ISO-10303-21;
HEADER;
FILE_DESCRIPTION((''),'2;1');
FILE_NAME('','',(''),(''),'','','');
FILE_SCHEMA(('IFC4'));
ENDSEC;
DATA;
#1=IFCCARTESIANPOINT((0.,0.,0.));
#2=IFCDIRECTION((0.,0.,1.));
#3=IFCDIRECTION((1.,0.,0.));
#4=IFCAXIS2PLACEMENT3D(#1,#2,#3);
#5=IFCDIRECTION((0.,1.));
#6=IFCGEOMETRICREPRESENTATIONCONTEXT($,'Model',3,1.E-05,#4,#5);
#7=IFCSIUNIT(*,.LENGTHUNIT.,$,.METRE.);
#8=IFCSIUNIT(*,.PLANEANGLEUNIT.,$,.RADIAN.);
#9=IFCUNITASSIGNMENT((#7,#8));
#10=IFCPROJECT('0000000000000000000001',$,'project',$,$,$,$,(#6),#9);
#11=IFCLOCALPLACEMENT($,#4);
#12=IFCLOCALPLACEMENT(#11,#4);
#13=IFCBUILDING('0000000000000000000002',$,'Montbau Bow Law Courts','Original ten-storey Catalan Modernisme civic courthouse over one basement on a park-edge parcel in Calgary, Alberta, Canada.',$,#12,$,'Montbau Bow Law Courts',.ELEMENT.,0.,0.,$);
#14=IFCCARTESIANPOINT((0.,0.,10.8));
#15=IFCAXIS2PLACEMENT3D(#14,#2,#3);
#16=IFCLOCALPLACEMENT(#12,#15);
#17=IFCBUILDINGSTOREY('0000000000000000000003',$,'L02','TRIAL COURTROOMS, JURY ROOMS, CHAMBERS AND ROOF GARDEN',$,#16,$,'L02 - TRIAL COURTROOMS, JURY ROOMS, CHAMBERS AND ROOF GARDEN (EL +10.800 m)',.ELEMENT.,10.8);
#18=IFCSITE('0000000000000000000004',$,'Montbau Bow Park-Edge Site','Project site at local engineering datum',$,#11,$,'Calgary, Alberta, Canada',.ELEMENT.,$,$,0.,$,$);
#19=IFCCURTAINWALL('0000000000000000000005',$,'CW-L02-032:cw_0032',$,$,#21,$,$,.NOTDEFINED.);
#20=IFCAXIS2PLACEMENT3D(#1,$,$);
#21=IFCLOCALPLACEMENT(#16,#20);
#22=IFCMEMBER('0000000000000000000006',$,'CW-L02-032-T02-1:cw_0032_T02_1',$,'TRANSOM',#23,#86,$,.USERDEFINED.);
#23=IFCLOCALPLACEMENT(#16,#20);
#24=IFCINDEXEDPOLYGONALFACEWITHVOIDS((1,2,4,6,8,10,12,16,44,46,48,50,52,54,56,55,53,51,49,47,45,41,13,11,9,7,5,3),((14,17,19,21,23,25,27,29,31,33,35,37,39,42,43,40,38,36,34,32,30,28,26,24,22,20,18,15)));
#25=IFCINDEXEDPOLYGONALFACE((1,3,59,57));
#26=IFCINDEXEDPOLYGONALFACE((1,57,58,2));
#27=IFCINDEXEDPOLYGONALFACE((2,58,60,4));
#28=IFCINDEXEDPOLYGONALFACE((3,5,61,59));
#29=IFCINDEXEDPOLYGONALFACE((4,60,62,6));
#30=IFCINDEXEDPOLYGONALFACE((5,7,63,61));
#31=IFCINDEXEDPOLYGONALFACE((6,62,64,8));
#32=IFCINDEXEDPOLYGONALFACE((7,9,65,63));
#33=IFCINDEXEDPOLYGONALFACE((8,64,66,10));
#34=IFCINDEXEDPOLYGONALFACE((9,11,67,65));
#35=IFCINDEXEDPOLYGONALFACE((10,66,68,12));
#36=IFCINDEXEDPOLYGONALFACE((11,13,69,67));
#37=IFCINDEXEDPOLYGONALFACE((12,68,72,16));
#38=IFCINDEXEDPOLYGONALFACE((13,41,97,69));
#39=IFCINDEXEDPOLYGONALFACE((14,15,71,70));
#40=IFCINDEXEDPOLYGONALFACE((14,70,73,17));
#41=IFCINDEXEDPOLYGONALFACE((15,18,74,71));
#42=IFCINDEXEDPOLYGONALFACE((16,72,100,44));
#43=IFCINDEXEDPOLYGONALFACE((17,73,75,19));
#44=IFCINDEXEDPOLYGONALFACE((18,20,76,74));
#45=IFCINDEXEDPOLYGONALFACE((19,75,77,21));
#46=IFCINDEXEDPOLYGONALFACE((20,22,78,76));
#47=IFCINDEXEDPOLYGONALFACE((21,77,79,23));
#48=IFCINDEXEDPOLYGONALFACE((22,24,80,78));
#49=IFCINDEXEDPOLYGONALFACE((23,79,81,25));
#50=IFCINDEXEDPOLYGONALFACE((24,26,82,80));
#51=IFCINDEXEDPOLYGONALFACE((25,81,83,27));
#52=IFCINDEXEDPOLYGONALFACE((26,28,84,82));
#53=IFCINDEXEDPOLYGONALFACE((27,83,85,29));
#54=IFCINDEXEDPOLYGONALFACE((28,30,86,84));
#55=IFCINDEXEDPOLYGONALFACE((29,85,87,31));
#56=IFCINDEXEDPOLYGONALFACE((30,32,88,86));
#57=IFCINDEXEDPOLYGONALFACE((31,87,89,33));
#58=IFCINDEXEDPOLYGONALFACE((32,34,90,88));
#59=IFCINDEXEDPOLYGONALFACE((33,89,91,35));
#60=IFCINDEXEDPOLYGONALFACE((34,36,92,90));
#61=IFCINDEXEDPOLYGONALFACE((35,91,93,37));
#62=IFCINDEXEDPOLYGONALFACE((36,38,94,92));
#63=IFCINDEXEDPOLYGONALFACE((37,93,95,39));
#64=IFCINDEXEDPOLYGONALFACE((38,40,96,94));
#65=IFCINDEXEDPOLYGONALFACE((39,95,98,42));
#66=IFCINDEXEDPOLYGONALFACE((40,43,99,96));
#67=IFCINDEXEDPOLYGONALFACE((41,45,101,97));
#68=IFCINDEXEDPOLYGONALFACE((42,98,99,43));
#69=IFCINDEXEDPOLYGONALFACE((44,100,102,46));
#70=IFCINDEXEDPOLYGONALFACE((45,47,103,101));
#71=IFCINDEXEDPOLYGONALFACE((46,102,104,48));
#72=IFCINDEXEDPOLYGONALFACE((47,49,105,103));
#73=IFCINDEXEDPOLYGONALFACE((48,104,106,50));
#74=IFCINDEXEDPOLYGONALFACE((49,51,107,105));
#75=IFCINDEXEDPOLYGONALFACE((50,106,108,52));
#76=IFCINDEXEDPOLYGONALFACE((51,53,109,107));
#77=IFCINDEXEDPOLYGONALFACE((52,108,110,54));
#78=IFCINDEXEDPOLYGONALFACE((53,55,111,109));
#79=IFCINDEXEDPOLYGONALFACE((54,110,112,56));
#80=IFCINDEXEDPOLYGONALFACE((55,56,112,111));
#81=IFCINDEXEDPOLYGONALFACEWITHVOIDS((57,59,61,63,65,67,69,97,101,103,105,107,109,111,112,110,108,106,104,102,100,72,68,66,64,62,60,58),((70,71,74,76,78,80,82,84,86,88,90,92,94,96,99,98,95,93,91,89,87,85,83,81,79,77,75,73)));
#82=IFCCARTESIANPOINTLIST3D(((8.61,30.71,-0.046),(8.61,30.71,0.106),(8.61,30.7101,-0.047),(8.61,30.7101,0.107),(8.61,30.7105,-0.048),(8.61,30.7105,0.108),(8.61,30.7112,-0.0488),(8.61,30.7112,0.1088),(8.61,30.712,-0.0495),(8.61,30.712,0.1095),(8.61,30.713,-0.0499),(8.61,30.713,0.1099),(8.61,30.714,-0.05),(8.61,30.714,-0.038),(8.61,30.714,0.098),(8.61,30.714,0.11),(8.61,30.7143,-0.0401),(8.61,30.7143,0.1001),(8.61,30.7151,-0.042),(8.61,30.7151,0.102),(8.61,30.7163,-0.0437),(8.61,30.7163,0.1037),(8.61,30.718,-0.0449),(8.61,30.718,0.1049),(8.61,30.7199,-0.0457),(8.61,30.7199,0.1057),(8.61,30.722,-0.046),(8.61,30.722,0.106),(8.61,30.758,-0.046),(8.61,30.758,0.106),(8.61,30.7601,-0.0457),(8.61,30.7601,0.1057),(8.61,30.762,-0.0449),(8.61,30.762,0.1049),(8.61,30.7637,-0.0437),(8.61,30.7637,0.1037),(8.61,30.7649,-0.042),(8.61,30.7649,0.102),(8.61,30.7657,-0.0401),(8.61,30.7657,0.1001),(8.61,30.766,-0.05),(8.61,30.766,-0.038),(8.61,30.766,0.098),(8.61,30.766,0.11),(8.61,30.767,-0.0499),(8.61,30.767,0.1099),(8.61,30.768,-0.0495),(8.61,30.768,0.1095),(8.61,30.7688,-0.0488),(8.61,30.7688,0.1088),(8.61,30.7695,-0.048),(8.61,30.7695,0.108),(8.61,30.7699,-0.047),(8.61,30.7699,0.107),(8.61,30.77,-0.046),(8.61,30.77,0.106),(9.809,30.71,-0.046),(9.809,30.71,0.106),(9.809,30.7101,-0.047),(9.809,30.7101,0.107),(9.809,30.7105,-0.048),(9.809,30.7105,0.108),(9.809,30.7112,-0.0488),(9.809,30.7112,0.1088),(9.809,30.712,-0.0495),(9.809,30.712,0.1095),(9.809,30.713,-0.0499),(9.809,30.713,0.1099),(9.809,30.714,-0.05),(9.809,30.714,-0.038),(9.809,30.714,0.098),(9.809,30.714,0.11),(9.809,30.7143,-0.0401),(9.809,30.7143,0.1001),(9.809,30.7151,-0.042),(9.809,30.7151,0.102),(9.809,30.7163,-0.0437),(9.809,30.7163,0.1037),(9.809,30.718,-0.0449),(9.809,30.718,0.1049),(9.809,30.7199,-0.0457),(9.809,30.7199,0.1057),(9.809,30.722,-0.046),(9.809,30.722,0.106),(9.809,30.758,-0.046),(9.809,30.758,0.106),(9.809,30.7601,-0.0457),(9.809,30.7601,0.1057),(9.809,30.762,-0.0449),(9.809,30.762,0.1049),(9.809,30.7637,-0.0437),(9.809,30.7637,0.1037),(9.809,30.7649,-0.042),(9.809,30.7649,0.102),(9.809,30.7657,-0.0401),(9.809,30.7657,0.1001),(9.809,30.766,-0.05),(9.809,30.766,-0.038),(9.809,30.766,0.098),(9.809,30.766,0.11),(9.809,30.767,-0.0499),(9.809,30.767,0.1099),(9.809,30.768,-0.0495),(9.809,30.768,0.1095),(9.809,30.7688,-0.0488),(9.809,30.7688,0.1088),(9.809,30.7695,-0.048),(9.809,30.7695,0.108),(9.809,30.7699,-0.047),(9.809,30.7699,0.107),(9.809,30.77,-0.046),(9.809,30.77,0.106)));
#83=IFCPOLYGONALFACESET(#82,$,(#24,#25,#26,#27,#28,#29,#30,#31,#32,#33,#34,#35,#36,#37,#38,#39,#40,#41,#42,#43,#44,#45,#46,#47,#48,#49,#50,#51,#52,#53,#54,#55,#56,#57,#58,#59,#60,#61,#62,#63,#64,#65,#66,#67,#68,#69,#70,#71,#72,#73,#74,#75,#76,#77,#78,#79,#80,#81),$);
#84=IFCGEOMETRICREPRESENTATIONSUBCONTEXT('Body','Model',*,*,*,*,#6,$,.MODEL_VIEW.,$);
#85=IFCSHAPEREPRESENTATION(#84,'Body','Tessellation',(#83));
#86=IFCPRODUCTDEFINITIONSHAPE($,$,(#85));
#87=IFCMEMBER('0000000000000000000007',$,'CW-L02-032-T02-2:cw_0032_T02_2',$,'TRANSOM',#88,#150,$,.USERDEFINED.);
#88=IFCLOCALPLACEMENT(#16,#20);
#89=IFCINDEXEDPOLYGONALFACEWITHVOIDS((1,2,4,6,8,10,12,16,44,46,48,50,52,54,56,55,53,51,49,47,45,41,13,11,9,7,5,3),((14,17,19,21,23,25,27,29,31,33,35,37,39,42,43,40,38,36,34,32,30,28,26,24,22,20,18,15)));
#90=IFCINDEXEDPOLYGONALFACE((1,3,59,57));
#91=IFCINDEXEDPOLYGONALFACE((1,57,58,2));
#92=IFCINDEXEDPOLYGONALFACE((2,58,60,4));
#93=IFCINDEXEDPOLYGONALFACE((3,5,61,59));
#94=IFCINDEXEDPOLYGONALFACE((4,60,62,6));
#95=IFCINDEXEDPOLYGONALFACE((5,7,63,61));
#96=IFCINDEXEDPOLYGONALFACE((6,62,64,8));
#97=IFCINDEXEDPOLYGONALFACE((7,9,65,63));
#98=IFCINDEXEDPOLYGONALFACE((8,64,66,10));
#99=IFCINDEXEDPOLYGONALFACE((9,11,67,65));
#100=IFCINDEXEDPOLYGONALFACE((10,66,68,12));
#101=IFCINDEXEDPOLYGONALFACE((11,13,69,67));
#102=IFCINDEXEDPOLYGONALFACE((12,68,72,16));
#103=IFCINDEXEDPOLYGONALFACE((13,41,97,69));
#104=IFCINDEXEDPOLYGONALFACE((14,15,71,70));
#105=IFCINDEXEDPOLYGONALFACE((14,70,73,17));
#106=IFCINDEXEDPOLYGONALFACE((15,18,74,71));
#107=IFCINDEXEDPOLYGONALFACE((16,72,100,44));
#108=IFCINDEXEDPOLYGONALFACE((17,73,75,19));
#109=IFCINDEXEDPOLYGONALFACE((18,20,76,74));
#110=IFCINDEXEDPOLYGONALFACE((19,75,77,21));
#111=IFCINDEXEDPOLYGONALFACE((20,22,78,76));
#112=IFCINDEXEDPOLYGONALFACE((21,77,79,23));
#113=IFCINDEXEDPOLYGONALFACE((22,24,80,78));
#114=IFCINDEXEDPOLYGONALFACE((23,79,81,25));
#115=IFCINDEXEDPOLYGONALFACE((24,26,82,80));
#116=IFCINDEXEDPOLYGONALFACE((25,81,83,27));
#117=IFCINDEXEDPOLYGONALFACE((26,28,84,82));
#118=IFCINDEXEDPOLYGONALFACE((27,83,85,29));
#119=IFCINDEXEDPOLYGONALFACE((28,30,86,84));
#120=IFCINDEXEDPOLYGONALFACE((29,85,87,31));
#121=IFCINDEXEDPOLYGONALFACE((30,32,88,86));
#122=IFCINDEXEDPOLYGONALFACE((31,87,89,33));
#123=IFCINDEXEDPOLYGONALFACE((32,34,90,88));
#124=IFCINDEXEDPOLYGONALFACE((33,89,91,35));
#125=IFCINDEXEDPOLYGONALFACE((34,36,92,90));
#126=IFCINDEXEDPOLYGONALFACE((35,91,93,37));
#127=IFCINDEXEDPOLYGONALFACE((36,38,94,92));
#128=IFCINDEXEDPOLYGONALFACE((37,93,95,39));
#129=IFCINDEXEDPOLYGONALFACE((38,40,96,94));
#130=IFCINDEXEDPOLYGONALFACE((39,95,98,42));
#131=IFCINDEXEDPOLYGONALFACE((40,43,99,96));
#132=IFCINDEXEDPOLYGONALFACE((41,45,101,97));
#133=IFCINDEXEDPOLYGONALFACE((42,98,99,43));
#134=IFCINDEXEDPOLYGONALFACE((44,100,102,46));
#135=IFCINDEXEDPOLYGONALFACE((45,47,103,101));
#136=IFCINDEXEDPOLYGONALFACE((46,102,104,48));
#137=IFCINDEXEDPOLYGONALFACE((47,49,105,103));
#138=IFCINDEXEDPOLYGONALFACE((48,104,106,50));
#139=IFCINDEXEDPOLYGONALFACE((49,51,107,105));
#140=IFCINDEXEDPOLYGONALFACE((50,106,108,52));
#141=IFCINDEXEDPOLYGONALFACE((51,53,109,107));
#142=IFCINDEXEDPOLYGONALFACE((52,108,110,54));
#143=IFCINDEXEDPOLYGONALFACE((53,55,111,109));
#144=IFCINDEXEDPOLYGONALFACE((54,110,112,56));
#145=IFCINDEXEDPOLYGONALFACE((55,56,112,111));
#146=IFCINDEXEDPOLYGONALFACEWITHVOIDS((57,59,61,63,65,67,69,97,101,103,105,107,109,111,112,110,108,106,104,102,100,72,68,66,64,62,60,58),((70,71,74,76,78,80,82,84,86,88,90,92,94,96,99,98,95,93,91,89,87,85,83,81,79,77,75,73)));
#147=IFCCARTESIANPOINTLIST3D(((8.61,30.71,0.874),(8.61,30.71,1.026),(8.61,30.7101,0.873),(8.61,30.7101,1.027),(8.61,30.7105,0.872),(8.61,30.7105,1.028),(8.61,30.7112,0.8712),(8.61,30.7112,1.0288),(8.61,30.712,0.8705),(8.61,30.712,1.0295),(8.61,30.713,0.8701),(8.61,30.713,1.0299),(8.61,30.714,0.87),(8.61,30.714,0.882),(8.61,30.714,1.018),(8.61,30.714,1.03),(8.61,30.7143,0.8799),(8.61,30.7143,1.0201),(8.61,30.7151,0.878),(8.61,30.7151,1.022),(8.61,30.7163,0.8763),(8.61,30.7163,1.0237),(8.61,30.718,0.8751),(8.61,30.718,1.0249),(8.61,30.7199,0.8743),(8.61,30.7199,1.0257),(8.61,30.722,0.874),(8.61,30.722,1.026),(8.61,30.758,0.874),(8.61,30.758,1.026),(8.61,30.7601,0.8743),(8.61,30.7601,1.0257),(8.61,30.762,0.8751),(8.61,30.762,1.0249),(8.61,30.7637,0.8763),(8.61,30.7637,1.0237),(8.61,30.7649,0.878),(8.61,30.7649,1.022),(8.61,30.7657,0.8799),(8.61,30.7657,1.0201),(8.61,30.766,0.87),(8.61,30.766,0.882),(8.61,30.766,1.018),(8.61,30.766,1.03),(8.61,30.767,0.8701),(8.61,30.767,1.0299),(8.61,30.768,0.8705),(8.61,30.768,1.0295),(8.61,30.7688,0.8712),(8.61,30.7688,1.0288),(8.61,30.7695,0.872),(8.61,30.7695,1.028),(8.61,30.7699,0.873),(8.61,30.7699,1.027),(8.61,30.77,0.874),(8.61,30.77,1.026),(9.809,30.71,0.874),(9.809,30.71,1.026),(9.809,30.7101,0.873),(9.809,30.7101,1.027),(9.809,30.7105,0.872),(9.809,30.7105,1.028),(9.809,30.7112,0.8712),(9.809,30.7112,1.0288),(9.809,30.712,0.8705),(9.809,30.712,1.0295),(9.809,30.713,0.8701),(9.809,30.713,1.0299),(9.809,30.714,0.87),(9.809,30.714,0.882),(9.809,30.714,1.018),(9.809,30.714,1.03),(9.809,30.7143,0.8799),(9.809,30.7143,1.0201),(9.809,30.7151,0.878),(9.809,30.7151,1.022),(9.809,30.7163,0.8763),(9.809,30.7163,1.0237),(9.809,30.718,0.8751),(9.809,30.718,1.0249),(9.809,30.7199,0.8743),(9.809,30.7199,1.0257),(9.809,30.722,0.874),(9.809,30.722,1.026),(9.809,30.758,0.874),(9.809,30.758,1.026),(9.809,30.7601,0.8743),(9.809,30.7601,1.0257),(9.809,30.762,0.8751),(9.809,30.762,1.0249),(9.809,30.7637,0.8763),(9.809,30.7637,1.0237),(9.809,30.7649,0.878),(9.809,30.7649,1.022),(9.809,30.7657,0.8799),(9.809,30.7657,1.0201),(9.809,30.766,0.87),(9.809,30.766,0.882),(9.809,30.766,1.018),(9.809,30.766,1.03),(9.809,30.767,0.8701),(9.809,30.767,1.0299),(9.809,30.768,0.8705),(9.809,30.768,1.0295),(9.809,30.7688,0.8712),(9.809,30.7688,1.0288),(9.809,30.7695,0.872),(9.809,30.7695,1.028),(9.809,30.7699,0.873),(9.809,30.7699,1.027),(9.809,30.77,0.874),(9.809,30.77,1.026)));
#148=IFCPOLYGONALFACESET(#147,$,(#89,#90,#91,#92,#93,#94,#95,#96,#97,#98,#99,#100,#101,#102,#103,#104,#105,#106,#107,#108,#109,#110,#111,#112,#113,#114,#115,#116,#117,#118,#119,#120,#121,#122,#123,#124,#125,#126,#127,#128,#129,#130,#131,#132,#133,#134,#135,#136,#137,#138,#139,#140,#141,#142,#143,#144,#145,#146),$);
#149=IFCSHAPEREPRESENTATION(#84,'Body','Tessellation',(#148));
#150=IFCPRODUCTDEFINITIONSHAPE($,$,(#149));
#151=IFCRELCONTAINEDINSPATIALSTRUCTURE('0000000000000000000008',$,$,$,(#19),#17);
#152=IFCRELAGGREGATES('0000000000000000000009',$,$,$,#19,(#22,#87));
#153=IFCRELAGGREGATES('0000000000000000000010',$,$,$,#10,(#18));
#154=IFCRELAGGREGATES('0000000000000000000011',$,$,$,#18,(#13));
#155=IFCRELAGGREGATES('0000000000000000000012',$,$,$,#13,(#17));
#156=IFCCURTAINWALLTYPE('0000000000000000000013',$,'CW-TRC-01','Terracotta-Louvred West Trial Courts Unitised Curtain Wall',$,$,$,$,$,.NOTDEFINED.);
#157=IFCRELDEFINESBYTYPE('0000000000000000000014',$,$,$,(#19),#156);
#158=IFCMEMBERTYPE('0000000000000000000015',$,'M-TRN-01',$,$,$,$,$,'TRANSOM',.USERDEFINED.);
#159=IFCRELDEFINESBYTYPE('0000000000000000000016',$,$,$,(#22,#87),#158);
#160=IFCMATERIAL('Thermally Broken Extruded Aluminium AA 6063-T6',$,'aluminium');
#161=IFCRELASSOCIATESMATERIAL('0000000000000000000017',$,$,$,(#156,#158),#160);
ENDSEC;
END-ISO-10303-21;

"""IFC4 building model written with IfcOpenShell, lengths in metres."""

from ifc_helpers import new_model, si_unit, direction, frame, origin_with_axes, origin_2d_with_axis, place, context, subcontext, project, spatial, hollow_rectangle, extrude, material, material_profile, profile_set, type_object, element, aggregate, save


model = new_model("IFC4")

# Units and contexts
model_context = context("Model", 3, precision=1e-05, world=origin_with_axes(), true_north=direction((0.0, 1.0)))
body_context = subcontext(model_context, "Body", "Model", "MODEL_VIEW")
ifc_project = project(units=[si_unit("LENGTHUNIT", "METRE"), si_unit("PLANEANGLEUNIT", "RADIAN")], contexts=[model_context])

# Site, building, storey
site_placement = place(None, origin_with_axes())
site = spatial("IfcSite", under=ifc_project, at=site_placement, Name="Montbau Bow Park-Edge Site", Description="Project site at local engineering datum", LongName="Calgary, Alberta, Canada", CompositionType="ELEMENT", RefElevation=0.0)
building_placement = place(site_placement, origin_with_axes())
building = spatial("IfcBuilding", under=site, at=building_placement, Name="Montbau Bow Law Courts", Description="Original ten-storey Catalan Modernisme civic courthouse over one basement on a park-edge parcel in Calgary, Alberta, Canada.", LongName="Montbau Bow Law Courts", CompositionType="ELEMENT", ElevationOfRefHeight=0.0, ElevationOfTerrain=0.0)
storey_placement = place(building_placement, frame((0.0, 0.0, 10.8), z_axis=(0.0, 0.0, 1.0), x_axis=(1.0, 0.0, 0.0)))
storey = spatial("IfcBuildingStorey", under=building, at=storey_placement, Name="L02", Description="TRIAL COURTROOMS, JURY ROOMS, CHAMBERS AND ROOF GARDEN", LongName="L02 - TRIAL COURTROOMS, JURY ROOMS, CHAMBERS AND ROOF GARDEN (EL +10.800 m)", CompositionType="ELEMENT", Elevation=10.8)

# Shared definitions
ifc_material_1 = material(Name="Thermally Broken Extruded Aluminium AA 6063-T6", Category="aluminium")
curtain_wall_type = type_object("IfcCurtainWallType", Name="CW-TRC-01", Description="Terracotta-Louvred West Trial Courts Unitised Curtain Wall", PredefinedType="NOTDEFINED", material=ifc_material_1)

# Curtain wall
curtain_wall_1_placement = place(None, frame((7.315, 30.74, 10.8), z_axis=(0.0, 0.0, 1.0), x_axis=(1.0, 0.0, 0.0)))
curtain_wall_1 = element("IfcCurtainWall", 1, at=curtain_wall_1_placement, inside=storey, type_object=curtain_wall_type, Name="CW-L02-032:cw_0032", PredefinedType="NOTDEFINED")

# Members
ifc_material_profile_1 = material_profile(ifc_material_1, hollow_rectangle(XDim=0.06, YDim=0.16, WallThickness=0.004, InnerFilletRadius=0.008, OuterFilletRadius=0.004, at=origin_2d_with_axis()), Name="CWT-160X60", Category="Main", Priority=0)
ifc_profile_set_1 = profile_set([ifc_material_profile_1], Name="Thermally Broken Extruded Aluminium AA 6063-T6")
member_type_1 = type_object("IfcMemberType", Name="M-TRN-01", ElementType="TRANSOM", PredefinedType="USERDEFINED", material=ifc_profile_set_1)
member_1_placement = place(None, frame((8.61, 30.74, 10.83), z_axis=(1.0, 0.0, 0.0), x_axis=(0.0, 1.0, 0.0)))
member_1 = element("IfcMember", 2, at=member_1_placement, type_object=member_type_1, Name="CW-L02-032-T02-1:cw_0032_T02_1", ObjectType="TRANSOM", PredefinedType="USERDEFINED", context=body_context, shape_type="SweptSolid", body=[
    extrude(hollow_rectangle(XDim=0.06, YDim=0.16, WallThickness=0.004, InnerFilletRadius=0.008, OuterFilletRadius=0.004, at=origin_2d_with_axis()), origin_with_axes(), (0.0, 0.0, 1.0), 1.199),
])
member_2_placement = place(None, frame((8.61, 30.74, 11.75), z_axis=(1.0, 0.0, 0.0), x_axis=(0.0, 1.0, 0.0)))
member_2 = element("IfcMember", 3, at=member_2_placement, type_object=member_type_1, Name="CW-L02-032-T02-2:cw_0032_T02_2", ObjectType="TRANSOM", PredefinedType="USERDEFINED", context=body_context, shape_type="SweptSolid", body=[
    extrude(hollow_rectangle(XDim=0.06, YDim=0.16, WallThickness=0.004, InnerFilletRadius=0.008, OuterFilletRadius=0.004, at=origin_2d_with_axis()), origin_with_axes(), (0.0, 0.0, 1.0), 1.199),
])

aggregate(curtain_wall_1, [member_1, member_2])

save(model, "model.ifc")
